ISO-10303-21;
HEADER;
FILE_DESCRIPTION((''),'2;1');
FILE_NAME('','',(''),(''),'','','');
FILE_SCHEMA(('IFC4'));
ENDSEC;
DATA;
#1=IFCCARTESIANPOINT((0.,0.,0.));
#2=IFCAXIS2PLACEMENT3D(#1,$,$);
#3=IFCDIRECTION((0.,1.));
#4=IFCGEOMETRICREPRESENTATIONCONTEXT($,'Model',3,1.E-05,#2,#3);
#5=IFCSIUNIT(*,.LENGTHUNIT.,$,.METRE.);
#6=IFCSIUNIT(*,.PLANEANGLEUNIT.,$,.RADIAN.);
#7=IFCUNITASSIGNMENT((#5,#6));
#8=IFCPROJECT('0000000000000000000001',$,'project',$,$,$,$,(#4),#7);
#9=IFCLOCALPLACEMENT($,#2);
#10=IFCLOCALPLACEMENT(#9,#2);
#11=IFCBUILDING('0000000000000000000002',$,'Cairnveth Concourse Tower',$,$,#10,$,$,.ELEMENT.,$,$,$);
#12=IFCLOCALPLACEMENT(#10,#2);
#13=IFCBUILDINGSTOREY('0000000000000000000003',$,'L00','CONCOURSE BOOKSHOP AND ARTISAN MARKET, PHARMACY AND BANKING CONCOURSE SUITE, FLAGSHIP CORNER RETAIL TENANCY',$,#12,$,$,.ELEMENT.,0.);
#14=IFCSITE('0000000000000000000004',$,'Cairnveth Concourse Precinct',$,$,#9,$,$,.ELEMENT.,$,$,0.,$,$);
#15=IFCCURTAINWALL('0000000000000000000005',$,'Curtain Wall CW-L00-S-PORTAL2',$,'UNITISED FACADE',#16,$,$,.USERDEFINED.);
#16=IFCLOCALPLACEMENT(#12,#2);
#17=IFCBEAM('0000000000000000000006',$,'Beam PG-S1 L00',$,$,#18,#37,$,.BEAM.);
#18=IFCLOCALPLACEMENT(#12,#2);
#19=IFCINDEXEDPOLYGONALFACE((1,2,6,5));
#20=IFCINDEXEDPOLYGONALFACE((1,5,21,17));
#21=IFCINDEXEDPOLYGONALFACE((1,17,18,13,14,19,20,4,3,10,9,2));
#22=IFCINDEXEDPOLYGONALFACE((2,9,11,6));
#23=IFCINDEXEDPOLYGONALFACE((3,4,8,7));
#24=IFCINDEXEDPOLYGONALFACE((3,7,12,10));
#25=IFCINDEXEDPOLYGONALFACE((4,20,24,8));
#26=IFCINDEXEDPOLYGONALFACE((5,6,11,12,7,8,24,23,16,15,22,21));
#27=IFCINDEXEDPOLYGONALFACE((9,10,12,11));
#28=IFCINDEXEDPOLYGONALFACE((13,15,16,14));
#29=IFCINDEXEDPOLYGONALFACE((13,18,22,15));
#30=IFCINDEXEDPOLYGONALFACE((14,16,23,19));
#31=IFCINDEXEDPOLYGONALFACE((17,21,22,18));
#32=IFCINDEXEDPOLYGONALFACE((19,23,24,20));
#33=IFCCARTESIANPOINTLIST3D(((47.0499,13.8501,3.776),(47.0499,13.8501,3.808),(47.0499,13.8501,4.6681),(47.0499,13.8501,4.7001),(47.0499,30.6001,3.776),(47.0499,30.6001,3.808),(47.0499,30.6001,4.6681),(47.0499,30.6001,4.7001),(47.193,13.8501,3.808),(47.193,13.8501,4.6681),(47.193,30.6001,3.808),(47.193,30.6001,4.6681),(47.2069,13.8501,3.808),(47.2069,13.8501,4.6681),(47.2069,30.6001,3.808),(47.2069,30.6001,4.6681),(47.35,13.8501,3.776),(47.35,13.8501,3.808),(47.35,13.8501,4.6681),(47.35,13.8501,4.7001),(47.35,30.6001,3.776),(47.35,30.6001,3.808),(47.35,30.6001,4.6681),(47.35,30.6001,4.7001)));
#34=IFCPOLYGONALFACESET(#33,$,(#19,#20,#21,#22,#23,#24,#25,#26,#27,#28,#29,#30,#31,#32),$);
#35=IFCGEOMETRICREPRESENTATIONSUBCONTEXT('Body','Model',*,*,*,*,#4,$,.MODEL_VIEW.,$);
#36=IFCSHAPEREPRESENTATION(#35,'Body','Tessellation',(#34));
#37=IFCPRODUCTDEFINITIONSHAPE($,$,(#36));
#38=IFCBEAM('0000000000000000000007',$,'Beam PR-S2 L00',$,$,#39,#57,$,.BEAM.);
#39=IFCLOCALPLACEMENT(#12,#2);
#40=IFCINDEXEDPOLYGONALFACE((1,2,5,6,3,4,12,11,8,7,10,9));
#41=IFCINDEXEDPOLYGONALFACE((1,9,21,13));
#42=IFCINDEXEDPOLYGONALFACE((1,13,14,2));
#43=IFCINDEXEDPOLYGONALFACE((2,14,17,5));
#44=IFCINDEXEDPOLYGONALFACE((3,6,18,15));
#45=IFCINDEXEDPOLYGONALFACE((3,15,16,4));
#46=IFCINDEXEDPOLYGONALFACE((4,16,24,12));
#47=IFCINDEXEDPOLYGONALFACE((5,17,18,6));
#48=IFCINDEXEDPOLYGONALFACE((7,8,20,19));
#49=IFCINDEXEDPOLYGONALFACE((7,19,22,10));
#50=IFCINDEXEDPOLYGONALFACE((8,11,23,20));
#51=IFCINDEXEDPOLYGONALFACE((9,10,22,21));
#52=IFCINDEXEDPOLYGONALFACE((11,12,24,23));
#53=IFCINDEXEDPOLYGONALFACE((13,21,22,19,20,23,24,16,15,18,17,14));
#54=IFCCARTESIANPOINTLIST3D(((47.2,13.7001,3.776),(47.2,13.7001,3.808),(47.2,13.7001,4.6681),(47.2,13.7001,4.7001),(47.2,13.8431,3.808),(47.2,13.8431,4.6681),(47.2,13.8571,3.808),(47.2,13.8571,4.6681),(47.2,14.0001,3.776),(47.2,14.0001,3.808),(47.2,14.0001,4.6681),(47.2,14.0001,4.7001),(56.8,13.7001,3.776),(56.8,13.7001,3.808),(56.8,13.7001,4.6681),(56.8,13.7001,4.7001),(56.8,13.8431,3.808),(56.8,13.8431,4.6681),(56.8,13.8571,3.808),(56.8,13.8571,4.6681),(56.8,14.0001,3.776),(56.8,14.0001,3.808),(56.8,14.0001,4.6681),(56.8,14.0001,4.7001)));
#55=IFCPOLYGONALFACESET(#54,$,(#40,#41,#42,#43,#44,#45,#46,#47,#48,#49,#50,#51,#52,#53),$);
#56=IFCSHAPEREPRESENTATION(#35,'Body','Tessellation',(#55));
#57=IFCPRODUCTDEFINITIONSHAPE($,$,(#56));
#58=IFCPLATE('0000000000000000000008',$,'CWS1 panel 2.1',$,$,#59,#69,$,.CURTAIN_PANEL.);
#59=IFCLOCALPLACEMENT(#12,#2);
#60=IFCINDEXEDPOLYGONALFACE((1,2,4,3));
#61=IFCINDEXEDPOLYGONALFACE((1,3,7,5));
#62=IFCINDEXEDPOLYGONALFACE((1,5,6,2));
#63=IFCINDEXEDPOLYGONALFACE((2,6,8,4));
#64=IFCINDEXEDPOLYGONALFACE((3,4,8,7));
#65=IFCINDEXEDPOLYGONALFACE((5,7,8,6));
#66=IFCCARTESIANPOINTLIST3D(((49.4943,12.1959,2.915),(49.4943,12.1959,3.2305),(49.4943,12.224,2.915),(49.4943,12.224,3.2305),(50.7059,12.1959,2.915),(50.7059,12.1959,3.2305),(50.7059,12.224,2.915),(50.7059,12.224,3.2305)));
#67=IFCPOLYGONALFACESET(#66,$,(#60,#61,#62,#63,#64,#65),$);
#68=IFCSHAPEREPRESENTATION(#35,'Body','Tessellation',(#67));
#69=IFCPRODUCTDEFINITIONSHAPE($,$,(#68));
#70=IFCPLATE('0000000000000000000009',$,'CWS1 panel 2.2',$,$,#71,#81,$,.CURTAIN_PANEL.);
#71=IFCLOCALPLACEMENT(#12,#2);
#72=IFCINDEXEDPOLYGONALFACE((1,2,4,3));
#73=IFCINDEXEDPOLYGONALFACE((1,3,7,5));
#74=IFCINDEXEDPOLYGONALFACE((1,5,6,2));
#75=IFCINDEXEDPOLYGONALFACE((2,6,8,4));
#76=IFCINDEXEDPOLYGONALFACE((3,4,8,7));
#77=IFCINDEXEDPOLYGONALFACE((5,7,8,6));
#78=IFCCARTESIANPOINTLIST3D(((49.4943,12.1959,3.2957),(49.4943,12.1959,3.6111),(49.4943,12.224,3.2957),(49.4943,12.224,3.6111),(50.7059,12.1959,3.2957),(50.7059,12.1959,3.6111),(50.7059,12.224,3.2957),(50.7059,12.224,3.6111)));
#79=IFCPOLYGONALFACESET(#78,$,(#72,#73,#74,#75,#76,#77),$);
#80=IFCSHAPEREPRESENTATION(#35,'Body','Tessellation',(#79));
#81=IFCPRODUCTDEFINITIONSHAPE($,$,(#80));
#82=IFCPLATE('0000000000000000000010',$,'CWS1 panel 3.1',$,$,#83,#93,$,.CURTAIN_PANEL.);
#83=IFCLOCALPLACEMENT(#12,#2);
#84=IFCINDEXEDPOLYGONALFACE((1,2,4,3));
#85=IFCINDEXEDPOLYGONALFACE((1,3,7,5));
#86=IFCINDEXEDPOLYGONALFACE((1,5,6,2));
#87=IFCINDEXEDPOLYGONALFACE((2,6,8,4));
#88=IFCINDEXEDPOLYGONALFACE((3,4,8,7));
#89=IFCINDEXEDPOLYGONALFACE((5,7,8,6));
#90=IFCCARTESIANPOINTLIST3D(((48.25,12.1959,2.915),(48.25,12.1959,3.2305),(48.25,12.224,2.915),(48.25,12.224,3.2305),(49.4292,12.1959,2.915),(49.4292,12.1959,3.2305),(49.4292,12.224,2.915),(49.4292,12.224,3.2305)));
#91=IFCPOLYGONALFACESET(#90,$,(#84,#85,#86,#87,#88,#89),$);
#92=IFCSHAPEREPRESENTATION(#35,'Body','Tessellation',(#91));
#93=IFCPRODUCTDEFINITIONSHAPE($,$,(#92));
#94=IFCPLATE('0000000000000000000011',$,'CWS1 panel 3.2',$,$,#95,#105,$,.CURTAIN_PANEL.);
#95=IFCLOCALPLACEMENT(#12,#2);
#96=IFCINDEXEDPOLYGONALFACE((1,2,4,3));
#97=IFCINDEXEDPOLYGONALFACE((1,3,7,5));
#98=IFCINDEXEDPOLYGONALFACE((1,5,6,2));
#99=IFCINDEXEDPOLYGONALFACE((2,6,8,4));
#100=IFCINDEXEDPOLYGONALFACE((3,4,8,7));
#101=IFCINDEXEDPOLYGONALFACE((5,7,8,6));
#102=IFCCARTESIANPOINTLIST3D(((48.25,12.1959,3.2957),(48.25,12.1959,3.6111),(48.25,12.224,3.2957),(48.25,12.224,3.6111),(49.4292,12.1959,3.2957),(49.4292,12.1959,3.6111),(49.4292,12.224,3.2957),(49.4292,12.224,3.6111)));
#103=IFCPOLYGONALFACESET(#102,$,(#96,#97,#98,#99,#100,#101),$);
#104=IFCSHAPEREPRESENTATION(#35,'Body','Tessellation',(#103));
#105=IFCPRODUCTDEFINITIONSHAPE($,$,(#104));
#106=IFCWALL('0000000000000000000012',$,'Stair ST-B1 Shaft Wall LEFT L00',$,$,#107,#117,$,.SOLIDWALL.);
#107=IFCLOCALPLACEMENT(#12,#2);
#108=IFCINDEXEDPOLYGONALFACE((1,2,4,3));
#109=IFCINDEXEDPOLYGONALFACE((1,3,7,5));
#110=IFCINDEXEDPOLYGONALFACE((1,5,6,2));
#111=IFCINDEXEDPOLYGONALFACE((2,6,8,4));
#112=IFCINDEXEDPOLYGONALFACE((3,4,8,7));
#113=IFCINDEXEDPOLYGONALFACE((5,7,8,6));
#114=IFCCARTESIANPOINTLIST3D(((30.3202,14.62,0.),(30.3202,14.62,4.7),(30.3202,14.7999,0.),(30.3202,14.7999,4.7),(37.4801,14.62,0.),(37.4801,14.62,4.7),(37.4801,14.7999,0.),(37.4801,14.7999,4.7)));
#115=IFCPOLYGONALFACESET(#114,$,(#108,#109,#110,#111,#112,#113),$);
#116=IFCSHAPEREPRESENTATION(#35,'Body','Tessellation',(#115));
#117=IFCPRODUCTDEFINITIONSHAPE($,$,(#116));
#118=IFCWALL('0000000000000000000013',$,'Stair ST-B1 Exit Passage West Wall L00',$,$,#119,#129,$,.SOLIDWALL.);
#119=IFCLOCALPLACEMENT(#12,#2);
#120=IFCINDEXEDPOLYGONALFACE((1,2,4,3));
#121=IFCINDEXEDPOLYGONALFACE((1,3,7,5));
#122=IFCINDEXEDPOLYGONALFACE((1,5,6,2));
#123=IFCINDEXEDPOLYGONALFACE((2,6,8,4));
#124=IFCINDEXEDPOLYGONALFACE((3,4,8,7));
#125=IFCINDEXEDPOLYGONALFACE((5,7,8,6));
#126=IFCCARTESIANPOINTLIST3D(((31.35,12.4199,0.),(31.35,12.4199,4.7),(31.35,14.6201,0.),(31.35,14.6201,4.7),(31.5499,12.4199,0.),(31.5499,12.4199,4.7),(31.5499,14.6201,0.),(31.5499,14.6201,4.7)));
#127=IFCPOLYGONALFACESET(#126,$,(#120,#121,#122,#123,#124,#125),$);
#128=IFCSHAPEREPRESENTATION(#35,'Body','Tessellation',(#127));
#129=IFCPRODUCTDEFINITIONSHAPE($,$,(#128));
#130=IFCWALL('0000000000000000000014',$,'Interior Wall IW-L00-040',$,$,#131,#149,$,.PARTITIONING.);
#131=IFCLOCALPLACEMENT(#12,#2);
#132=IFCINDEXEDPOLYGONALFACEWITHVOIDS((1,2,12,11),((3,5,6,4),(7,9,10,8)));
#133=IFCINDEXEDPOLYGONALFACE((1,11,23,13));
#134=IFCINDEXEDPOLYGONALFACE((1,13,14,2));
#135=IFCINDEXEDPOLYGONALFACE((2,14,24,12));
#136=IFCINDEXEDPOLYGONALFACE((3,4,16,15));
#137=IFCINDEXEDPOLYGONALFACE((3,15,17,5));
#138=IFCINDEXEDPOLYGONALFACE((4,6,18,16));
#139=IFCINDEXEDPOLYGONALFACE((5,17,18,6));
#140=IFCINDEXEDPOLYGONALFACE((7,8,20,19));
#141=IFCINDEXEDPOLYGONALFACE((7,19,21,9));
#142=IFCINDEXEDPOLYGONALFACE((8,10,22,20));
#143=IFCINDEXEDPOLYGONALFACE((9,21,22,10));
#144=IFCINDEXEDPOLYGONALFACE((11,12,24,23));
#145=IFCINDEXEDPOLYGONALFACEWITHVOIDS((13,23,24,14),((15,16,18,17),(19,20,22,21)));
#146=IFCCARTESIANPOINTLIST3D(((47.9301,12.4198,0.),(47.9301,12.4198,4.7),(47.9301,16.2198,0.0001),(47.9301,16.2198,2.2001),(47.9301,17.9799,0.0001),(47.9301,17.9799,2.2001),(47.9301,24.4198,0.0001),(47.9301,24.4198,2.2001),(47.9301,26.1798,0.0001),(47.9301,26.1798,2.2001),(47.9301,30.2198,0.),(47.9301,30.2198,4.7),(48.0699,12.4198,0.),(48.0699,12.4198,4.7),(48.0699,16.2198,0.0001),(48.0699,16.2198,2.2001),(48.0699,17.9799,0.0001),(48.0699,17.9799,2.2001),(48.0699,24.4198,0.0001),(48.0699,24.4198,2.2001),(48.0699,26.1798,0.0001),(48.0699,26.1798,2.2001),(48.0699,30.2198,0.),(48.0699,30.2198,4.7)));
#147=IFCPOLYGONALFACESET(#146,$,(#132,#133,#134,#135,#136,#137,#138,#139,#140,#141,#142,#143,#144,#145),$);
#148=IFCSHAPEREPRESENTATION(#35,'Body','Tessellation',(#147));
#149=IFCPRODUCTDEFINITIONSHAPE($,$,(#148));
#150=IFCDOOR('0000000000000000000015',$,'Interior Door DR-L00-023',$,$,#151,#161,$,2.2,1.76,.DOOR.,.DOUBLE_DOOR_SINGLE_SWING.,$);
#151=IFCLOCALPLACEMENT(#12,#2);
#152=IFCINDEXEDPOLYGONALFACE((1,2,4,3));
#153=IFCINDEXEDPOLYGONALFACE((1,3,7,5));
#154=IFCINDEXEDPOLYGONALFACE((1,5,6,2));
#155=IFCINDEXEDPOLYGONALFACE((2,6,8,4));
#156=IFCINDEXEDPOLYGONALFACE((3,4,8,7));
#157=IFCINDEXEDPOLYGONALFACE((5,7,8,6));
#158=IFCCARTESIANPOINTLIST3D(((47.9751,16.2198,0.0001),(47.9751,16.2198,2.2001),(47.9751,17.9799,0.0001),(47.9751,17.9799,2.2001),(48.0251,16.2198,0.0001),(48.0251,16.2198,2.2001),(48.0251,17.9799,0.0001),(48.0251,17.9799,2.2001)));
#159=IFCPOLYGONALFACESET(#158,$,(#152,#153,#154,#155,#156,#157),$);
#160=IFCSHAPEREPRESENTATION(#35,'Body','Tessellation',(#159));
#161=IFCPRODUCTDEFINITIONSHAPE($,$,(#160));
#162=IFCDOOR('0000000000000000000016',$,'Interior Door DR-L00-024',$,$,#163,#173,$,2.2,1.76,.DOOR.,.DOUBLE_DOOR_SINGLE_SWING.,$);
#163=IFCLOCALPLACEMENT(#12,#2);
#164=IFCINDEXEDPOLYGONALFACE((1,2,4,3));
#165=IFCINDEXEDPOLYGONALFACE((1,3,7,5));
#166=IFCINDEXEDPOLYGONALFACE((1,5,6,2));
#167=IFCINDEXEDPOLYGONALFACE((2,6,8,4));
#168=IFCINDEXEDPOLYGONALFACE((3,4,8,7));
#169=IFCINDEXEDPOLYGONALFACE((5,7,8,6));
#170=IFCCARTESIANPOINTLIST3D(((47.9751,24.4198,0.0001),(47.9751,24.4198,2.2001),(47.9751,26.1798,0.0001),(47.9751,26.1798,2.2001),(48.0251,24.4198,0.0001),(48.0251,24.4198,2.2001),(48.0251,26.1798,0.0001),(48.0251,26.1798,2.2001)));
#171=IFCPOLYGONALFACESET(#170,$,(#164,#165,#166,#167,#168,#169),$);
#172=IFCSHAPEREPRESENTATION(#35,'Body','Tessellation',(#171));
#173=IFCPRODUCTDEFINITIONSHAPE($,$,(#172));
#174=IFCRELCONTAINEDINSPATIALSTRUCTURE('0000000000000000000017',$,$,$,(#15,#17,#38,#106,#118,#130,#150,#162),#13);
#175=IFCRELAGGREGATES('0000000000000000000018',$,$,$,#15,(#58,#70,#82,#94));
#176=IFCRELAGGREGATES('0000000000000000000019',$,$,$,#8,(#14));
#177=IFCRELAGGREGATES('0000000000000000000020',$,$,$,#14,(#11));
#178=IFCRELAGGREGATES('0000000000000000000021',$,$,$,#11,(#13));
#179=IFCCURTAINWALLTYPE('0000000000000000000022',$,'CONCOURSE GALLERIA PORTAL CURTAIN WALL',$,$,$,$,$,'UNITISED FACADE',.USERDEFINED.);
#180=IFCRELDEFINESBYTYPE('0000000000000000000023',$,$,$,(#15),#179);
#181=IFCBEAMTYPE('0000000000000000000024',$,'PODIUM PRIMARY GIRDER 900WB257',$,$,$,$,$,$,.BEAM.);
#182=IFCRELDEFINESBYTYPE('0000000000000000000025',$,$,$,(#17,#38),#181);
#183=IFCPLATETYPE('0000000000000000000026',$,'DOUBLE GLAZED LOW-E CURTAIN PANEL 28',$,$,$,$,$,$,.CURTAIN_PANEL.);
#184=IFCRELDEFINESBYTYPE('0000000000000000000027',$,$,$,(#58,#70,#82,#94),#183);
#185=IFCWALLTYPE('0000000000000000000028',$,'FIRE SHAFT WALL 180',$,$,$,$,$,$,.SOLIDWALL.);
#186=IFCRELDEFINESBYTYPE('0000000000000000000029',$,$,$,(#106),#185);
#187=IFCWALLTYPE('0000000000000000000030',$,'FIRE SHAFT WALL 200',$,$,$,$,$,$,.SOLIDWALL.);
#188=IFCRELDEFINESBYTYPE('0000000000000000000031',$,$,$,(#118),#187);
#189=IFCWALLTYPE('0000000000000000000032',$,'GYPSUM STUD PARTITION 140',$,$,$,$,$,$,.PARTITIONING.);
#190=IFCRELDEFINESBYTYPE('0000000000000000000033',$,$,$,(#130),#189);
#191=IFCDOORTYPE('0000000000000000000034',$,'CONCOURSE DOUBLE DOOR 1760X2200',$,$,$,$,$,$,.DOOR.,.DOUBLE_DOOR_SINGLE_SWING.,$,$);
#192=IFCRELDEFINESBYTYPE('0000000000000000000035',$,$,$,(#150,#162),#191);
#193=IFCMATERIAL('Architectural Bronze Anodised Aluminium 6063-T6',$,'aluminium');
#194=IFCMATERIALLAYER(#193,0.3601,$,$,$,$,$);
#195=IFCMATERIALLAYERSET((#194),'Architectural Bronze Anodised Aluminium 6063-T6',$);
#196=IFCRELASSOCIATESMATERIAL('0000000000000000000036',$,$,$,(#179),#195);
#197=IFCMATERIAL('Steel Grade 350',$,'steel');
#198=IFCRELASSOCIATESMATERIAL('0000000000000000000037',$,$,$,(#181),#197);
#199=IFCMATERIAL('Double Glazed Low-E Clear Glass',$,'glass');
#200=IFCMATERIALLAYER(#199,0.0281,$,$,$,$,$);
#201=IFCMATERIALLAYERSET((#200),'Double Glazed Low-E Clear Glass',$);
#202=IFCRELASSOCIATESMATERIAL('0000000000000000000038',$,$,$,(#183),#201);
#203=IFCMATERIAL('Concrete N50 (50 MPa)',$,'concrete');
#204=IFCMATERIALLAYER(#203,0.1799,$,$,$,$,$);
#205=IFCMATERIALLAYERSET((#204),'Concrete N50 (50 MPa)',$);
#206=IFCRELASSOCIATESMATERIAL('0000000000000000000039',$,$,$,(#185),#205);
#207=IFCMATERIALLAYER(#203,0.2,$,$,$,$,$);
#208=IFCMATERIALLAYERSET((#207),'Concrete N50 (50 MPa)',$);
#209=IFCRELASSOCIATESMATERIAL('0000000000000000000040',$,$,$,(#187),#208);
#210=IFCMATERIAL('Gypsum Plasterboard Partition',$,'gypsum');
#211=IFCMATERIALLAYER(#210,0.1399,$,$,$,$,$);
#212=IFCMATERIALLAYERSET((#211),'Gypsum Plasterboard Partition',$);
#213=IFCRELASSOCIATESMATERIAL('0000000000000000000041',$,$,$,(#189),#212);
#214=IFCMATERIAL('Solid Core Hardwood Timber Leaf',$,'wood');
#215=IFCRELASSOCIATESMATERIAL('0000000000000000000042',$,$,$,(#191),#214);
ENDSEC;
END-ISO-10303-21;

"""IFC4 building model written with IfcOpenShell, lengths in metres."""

from ifc_helpers import new_model, si_unit, direction, frame, frame_2d, origin, origin_2d, place, context, subcontext, project, spatial, rectangle, i_section, extrude, material, layer, layer_set, material_profile, profile_set, type_object, element, fill, aggregate, save


model = new_model("IFC4")

# Units and contexts
model_context = context("Model", 3, precision=1e-05, world=origin(), true_north=direction((0.0, 1.0)))
body_context = subcontext(model_context, "Body", "Model", "MODEL_VIEW")
ifc_project = project(units=[si_unit("LENGTHUNIT", "METRE"), si_unit("PLANEANGLEUNIT", "RADIAN")], contexts=[model_context])

# Site, building, storey
site_placement = place(None, origin())
site = spatial("IfcSite", under=ifc_project, at=site_placement, Name="Cairnveth Concourse Precinct", CompositionType="ELEMENT", RefElevation=0.0)
building_placement = place(site_placement, origin())
building = spatial("IfcBuilding", under=site, at=building_placement, Name="Cairnveth Concourse Tower", CompositionType="ELEMENT")
storey_placement = place(building_placement, origin())
storey = spatial("IfcBuildingStorey", under=building, at=storey_placement, Name="L00", Description="CONCOURSE BOOKSHOP AND ARTISAN MARKET, PHARMACY AND BANKING CONCOURSE SUITE, FLAGSHIP CORNER RETAIL TENANCY", CompositionType="ELEMENT", Elevation=0.0)

# Shared definitions
ifc_material_1 = material(Name="Concrete N50 (50 MPa)", Category="concrete")

# Curtain wall
ifc_material_2 = material(Name="Architectural Bronze Anodised Aluminium 6063-T6", Category="aluminium")
ifc_layer_1 = layer(ifc_material_2, 0.3601)
ifc_layer_set_1 = layer_set([ifc_layer_1], Name="Architectural Bronze Anodised Aluminium 6063-T6")
curtain_wall_type = type_object("IfcCurtainWallType", Name="CONCOURSE GALLERIA PORTAL CURTAIN WALL", ElementType="UNITISED FACADE", PredefinedType="USERDEFINED", material=ifc_layer_set_1)
curtain_wall_placement = place(storey_placement, origin())
curtain_wall = element("IfcCurtainWall", 1, at=curtain_wall_placement, inside=storey, type_object=curtain_wall_type, Name="Curtain Wall CW-L00-S-PORTAL2", ObjectType="UNITISED FACADE", PredefinedType="USERDEFINED")

# Beams
ifc_material_3 = material(Name="Steel Grade 350", Category="steel")
ifc_material_profile_1 = material_profile(ifc_material_3, i_section(OverallWidth=0.3, OverallDepth=0.9241, WebThickness=0.0139, FlangeThickness=0.032, at=origin_2d()), Name="900WB257")
ifc_profile_set_1 = profile_set([ifc_material_profile_1], Name="Steel Grade 350")
beam_type_1 = type_object("IfcBeamType", Name="PODIUM PRIMARY GIRDER 900WB257", PredefinedType="BEAM", material=ifc_profile_set_1)
beam_1_placement = place(storey_placement, frame((47.2, 13.8501, 4.238), z_axis=(0.0, 1.0, 0.0), x_axis=(-1.0, 0.0, 0.0)))
element("IfcBeam", 2, at=beam_1_placement, inside=storey, type_object=beam_type_1, Name="Beam PG-S1 L00", PredefinedType="BEAM", context=body_context, shape_type="SweptSolid", body=[
    extrude(i_section(OverallWidth=0.3, OverallDepth=0.9241, WebThickness=0.0139, FlangeThickness=0.032, at=origin_2d()), origin(), (0.0, 0.0, 1.0), 16.75),
])
beam_2_placement = place(storey_placement, frame((47.2, 13.8501, 4.238), z_axis=(1.0, 0.0, 0.0), x_axis=(0.0, 1.0, 0.0)))
element("IfcBeam", 3, at=beam_2_placement, inside=storey, type_object=beam_type_1, Name="Beam PR-S2 L00", PredefinedType="BEAM", context=body_context, shape_type="SweptSolid", body=[
    extrude(i_section(OverallWidth=0.3, OverallDepth=0.9241, WebThickness=0.0139, FlangeThickness=0.032, at=origin_2d()), origin(), (0.0, 0.0, 1.0), 9.6001),
])

# Plates
ifc_material_4 = material(Name="Double Glazed Low-E Clear Glass", Category="glass")
ifc_layer_2 = layer(ifc_material_4, 0.0281)
ifc_layer_set_2 = layer_set([ifc_layer_2], Name="Double Glazed Low-E Clear Glass")
plate_type = type_object("IfcPlateType", Name="DOUBLE GLAZED LOW-E CURTAIN PANEL 28", PredefinedType="CURTAIN_PANEL", material=ifc_layer_set_2)
plate_1_placement = place(storey_placement, frame((50.1001, 12.21, 2.915), z_axis=(0.0, 0.0, 1.0), x_axis=(-1.0, 0.0, 0.0)))
plate_1 = element("IfcPlate", 4, at=plate_1_placement, type_object=plate_type, Name="CWS1 panel 2.1", PredefinedType="CURTAIN_PANEL", context=body_context, shape_type="SweptSolid", body=[
    extrude(rectangle(XDim=1.2117, YDim=0.0281, at=origin_2d()), origin(), (0.0, 0.0, 1.0), 0.3154),
])
plate_2_placement = place(storey_placement, frame((50.1001, 12.21, 3.2957), z_axis=(0.0, 0.0, 1.0), x_axis=(-1.0, 0.0, 0.0)))
plate_2 = element("IfcPlate", 5, at=plate_2_placement, type_object=plate_type, Name="CWS1 panel 2.2", PredefinedType="CURTAIN_PANEL", context=body_context, shape_type="SweptSolid", body=[
    extrude(rectangle(XDim=1.2117, YDim=0.0281, at=origin_2d()), origin(), (0.0, 0.0, 1.0), 0.3154),
])
plate_3_placement = place(storey_placement, frame((48.8396, 12.21, 2.915), z_axis=(0.0, 0.0, 1.0), x_axis=(-1.0, 0.0, 0.0)))
plate_3 = element("IfcPlate", 6, at=plate_3_placement, type_object=plate_type, Name="CWS1 panel 3.1", PredefinedType="CURTAIN_PANEL", context=body_context, shape_type="SweptSolid", body=[
    extrude(rectangle(XDim=1.1792, YDim=0.0281, at=origin_2d()), origin(), (0.0, 0.0, 1.0), 0.3154),
])
plate_4_placement = place(storey_placement, frame((48.8396, 12.21, 3.2957), z_axis=(0.0, 0.0, 1.0), x_axis=(-1.0, 0.0, 0.0)))
plate_4 = element("IfcPlate", 7, at=plate_4_placement, type_object=plate_type, Name="CWS1 panel 3.2", PredefinedType="CURTAIN_PANEL", context=body_context, shape_type="SweptSolid", body=[
    extrude(rectangle(XDim=1.1792, YDim=0.0281, at=origin_2d()), origin(), (0.0, 0.0, 1.0), 0.3154),
])
aggregate(curtain_wall, [plate_1, plate_2, plate_3, plate_4])

# Walls
ifc_layer_3 = layer(ifc_material_1, 0.1799)
ifc_layer_set_3 = layer_set([ifc_layer_3], Name="Concrete N50 (50 MPa)")
wall_type_1 = type_object("IfcWallType", Name="FIRE SHAFT WALL 180", PredefinedType="SOLIDWALL", material=ifc_layer_set_3)
wall_1_placement = place(storey_placement, frame((30.3201, 14.71, 0.0), z_axis=(0.0, 0.0, 1.0), x_axis=(1.0, 0.0, 0.0)))
element("IfcWall", 8, at=wall_1_placement, inside=storey, type_object=wall_type_1, Name="Stair ST-B1 Shaft Wall LEFT L00", PredefinedType="SOLIDWALL", context=body_context, shape_type="SweptSolid", body=[
    extrude(rectangle(XDim=7.1599, YDim=0.1799, at=frame_2d((3.5801, 0.0))), origin(), (0.0, 0.0, 1.0), 4.7),
])
ifc_layer_4 = layer(ifc_material_1, 0.2)
ifc_layer_set_4 = layer_set([ifc_layer_4], Name="Concrete N50 (50 MPa)")
wall_type_2 = type_object("IfcWallType", Name="FIRE SHAFT WALL 200", PredefinedType="SOLIDWALL", material=ifc_layer_set_4)
wall_2_placement = place(storey_placement, frame((31.45, 12.4199, 0.0), z_axis=(0.0, 0.0, 1.0), x_axis=(0.0, 1.0, 0.0)))
element("IfcWall", 9, at=wall_2_placement, inside=storey, type_object=wall_type_2, Name="Stair ST-B1 Exit Passage West Wall L00", PredefinedType="SOLIDWALL", context=body_context, shape_type="SweptSolid", body=[
    extrude(rectangle(XDim=2.2002, YDim=0.2, at=frame_2d((1.1001, 0.0))), origin(), (0.0, 0.0, 1.0), 4.7),
])

# Wall, openings, doors
ifc_material_5 = material(Name="Gypsum Plasterboard Partition", Category="gypsum")
ifc_layer_5 = layer(ifc_material_5, 0.1399)
ifc_layer_set_5 = layer_set([ifc_layer_5], Name="Gypsum Plasterboard Partition")
wall_type_3 = type_object("IfcWallType", Name="GYPSUM STUD PARTITION 140", PredefinedType="PARTITIONING", material=ifc_layer_set_5)
wall_3_placement = place(storey_placement, frame((48.0, 12.4199, 0.0), z_axis=(0.0, 0.0, 1.0), x_axis=(0.0, 1.0, 0.0)))
wall_3 = element("IfcWall", 10, at=wall_3_placement, inside=storey, type_object=wall_type_3, Name="Interior Wall IW-L00-040", PredefinedType="PARTITIONING", context=body_context, shape_type="SweptSolid", body=[
    extrude(rectangle(XDim=17.8, YDim=0.1399, at=frame_2d((8.8999, 0.0))), origin(), (0.0, 0.0, 1.0), 4.7),
])
opening_1_placement = place(wall_3_placement, frame((3.8, 0.0, 0.0)))
opening_1 = element("IfcOpeningElement", 11, at=opening_1_placement, cuts=wall_3, PredefinedType="OPENING", context=body_context, shape_type="SweptSolid", body=[
    extrude(rectangle(XDim=1.76, YDim=2.2, at=frame_2d((0.8799, 1.1001))), frame((0.0, 0.0798, 0.0), z_axis=(0.0, -1.0, 0.0), x_axis=(1.0, 0.0, 0.0)), (0.0, 0.0, 1.0), 0.1599),
])
opening_2_placement = place(wall_3_placement, frame((12.0, 0.0, 0.0)))
opening_2 = element("IfcOpeningElement", 12, at=opening_2_placement, cuts=wall_3, PredefinedType="OPENING", context=body_context, shape_type="SweptSolid", body=[
    extrude(rectangle(XDim=1.76, YDim=2.2, at=frame_2d((0.8799, 1.1001))), frame((0.0, 0.0798, 0.0), z_axis=(0.0, -1.0, 0.0), x_axis=(1.0, 0.0, 0.0)), (0.0, 0.0, 1.0), 0.1599),
])
ifc_material_6 = material(Name="Solid Core Hardwood Timber Leaf", Category="wood")
door_type_1 = type_object("IfcDoorType", Name="CONCOURSE DOUBLE DOOR 1760X2200", OperationType="DOUBLE_DOOR_SINGLE_SWING", PredefinedType="DOOR", material=ifc_material_6)
door_1_placement = place(opening_1_placement, origin())
door_1 = element("IfcDoor", 13, at=door_1_placement, inside=storey, type_object=door_type_1, Name="Interior Door DR-L00-023", OperationType="DOUBLE_DOOR_SINGLE_SWING", OverallHeight=2.2, OverallWidth=1.76, PredefinedType="DOOR", context=body_context, shape_type="SweptSolid", body=[
    extrude(rectangle(XDim=1.76, YDim=2.2, at=frame_2d((0.8799, 1.1001))), frame((0.0, 0.0249, 0.0), z_axis=(0.0, -1.0, 0.0), x_axis=(1.0, 0.0, 0.0)), (0.0, 0.0, 1.0), 0.05),
])
fill(opening_1, door_1)
door_2_placement = place(opening_2_placement, origin())
door_2 = element("IfcDoor", 14, at=door_2_placement, inside=storey, type_object=door_type_1, Name="Interior Door DR-L00-024", OperationType="DOUBLE_DOOR_SINGLE_SWING", OverallHeight=2.2, OverallWidth=1.76, PredefinedType="DOOR", context=body_context, shape_type="SweptSolid", body=[
    extrude(rectangle(XDim=1.76, YDim=2.2, at=frame_2d((0.8799, 1.1001))), frame((0.0, 0.0249, 0.0), z_axis=(0.0, -1.0, 0.0), x_axis=(1.0, 0.0, 0.0)), (0.0, 0.0, 1.0), 0.05),
])
fill(opening_2, door_2)

save(model, "model.ifc")
